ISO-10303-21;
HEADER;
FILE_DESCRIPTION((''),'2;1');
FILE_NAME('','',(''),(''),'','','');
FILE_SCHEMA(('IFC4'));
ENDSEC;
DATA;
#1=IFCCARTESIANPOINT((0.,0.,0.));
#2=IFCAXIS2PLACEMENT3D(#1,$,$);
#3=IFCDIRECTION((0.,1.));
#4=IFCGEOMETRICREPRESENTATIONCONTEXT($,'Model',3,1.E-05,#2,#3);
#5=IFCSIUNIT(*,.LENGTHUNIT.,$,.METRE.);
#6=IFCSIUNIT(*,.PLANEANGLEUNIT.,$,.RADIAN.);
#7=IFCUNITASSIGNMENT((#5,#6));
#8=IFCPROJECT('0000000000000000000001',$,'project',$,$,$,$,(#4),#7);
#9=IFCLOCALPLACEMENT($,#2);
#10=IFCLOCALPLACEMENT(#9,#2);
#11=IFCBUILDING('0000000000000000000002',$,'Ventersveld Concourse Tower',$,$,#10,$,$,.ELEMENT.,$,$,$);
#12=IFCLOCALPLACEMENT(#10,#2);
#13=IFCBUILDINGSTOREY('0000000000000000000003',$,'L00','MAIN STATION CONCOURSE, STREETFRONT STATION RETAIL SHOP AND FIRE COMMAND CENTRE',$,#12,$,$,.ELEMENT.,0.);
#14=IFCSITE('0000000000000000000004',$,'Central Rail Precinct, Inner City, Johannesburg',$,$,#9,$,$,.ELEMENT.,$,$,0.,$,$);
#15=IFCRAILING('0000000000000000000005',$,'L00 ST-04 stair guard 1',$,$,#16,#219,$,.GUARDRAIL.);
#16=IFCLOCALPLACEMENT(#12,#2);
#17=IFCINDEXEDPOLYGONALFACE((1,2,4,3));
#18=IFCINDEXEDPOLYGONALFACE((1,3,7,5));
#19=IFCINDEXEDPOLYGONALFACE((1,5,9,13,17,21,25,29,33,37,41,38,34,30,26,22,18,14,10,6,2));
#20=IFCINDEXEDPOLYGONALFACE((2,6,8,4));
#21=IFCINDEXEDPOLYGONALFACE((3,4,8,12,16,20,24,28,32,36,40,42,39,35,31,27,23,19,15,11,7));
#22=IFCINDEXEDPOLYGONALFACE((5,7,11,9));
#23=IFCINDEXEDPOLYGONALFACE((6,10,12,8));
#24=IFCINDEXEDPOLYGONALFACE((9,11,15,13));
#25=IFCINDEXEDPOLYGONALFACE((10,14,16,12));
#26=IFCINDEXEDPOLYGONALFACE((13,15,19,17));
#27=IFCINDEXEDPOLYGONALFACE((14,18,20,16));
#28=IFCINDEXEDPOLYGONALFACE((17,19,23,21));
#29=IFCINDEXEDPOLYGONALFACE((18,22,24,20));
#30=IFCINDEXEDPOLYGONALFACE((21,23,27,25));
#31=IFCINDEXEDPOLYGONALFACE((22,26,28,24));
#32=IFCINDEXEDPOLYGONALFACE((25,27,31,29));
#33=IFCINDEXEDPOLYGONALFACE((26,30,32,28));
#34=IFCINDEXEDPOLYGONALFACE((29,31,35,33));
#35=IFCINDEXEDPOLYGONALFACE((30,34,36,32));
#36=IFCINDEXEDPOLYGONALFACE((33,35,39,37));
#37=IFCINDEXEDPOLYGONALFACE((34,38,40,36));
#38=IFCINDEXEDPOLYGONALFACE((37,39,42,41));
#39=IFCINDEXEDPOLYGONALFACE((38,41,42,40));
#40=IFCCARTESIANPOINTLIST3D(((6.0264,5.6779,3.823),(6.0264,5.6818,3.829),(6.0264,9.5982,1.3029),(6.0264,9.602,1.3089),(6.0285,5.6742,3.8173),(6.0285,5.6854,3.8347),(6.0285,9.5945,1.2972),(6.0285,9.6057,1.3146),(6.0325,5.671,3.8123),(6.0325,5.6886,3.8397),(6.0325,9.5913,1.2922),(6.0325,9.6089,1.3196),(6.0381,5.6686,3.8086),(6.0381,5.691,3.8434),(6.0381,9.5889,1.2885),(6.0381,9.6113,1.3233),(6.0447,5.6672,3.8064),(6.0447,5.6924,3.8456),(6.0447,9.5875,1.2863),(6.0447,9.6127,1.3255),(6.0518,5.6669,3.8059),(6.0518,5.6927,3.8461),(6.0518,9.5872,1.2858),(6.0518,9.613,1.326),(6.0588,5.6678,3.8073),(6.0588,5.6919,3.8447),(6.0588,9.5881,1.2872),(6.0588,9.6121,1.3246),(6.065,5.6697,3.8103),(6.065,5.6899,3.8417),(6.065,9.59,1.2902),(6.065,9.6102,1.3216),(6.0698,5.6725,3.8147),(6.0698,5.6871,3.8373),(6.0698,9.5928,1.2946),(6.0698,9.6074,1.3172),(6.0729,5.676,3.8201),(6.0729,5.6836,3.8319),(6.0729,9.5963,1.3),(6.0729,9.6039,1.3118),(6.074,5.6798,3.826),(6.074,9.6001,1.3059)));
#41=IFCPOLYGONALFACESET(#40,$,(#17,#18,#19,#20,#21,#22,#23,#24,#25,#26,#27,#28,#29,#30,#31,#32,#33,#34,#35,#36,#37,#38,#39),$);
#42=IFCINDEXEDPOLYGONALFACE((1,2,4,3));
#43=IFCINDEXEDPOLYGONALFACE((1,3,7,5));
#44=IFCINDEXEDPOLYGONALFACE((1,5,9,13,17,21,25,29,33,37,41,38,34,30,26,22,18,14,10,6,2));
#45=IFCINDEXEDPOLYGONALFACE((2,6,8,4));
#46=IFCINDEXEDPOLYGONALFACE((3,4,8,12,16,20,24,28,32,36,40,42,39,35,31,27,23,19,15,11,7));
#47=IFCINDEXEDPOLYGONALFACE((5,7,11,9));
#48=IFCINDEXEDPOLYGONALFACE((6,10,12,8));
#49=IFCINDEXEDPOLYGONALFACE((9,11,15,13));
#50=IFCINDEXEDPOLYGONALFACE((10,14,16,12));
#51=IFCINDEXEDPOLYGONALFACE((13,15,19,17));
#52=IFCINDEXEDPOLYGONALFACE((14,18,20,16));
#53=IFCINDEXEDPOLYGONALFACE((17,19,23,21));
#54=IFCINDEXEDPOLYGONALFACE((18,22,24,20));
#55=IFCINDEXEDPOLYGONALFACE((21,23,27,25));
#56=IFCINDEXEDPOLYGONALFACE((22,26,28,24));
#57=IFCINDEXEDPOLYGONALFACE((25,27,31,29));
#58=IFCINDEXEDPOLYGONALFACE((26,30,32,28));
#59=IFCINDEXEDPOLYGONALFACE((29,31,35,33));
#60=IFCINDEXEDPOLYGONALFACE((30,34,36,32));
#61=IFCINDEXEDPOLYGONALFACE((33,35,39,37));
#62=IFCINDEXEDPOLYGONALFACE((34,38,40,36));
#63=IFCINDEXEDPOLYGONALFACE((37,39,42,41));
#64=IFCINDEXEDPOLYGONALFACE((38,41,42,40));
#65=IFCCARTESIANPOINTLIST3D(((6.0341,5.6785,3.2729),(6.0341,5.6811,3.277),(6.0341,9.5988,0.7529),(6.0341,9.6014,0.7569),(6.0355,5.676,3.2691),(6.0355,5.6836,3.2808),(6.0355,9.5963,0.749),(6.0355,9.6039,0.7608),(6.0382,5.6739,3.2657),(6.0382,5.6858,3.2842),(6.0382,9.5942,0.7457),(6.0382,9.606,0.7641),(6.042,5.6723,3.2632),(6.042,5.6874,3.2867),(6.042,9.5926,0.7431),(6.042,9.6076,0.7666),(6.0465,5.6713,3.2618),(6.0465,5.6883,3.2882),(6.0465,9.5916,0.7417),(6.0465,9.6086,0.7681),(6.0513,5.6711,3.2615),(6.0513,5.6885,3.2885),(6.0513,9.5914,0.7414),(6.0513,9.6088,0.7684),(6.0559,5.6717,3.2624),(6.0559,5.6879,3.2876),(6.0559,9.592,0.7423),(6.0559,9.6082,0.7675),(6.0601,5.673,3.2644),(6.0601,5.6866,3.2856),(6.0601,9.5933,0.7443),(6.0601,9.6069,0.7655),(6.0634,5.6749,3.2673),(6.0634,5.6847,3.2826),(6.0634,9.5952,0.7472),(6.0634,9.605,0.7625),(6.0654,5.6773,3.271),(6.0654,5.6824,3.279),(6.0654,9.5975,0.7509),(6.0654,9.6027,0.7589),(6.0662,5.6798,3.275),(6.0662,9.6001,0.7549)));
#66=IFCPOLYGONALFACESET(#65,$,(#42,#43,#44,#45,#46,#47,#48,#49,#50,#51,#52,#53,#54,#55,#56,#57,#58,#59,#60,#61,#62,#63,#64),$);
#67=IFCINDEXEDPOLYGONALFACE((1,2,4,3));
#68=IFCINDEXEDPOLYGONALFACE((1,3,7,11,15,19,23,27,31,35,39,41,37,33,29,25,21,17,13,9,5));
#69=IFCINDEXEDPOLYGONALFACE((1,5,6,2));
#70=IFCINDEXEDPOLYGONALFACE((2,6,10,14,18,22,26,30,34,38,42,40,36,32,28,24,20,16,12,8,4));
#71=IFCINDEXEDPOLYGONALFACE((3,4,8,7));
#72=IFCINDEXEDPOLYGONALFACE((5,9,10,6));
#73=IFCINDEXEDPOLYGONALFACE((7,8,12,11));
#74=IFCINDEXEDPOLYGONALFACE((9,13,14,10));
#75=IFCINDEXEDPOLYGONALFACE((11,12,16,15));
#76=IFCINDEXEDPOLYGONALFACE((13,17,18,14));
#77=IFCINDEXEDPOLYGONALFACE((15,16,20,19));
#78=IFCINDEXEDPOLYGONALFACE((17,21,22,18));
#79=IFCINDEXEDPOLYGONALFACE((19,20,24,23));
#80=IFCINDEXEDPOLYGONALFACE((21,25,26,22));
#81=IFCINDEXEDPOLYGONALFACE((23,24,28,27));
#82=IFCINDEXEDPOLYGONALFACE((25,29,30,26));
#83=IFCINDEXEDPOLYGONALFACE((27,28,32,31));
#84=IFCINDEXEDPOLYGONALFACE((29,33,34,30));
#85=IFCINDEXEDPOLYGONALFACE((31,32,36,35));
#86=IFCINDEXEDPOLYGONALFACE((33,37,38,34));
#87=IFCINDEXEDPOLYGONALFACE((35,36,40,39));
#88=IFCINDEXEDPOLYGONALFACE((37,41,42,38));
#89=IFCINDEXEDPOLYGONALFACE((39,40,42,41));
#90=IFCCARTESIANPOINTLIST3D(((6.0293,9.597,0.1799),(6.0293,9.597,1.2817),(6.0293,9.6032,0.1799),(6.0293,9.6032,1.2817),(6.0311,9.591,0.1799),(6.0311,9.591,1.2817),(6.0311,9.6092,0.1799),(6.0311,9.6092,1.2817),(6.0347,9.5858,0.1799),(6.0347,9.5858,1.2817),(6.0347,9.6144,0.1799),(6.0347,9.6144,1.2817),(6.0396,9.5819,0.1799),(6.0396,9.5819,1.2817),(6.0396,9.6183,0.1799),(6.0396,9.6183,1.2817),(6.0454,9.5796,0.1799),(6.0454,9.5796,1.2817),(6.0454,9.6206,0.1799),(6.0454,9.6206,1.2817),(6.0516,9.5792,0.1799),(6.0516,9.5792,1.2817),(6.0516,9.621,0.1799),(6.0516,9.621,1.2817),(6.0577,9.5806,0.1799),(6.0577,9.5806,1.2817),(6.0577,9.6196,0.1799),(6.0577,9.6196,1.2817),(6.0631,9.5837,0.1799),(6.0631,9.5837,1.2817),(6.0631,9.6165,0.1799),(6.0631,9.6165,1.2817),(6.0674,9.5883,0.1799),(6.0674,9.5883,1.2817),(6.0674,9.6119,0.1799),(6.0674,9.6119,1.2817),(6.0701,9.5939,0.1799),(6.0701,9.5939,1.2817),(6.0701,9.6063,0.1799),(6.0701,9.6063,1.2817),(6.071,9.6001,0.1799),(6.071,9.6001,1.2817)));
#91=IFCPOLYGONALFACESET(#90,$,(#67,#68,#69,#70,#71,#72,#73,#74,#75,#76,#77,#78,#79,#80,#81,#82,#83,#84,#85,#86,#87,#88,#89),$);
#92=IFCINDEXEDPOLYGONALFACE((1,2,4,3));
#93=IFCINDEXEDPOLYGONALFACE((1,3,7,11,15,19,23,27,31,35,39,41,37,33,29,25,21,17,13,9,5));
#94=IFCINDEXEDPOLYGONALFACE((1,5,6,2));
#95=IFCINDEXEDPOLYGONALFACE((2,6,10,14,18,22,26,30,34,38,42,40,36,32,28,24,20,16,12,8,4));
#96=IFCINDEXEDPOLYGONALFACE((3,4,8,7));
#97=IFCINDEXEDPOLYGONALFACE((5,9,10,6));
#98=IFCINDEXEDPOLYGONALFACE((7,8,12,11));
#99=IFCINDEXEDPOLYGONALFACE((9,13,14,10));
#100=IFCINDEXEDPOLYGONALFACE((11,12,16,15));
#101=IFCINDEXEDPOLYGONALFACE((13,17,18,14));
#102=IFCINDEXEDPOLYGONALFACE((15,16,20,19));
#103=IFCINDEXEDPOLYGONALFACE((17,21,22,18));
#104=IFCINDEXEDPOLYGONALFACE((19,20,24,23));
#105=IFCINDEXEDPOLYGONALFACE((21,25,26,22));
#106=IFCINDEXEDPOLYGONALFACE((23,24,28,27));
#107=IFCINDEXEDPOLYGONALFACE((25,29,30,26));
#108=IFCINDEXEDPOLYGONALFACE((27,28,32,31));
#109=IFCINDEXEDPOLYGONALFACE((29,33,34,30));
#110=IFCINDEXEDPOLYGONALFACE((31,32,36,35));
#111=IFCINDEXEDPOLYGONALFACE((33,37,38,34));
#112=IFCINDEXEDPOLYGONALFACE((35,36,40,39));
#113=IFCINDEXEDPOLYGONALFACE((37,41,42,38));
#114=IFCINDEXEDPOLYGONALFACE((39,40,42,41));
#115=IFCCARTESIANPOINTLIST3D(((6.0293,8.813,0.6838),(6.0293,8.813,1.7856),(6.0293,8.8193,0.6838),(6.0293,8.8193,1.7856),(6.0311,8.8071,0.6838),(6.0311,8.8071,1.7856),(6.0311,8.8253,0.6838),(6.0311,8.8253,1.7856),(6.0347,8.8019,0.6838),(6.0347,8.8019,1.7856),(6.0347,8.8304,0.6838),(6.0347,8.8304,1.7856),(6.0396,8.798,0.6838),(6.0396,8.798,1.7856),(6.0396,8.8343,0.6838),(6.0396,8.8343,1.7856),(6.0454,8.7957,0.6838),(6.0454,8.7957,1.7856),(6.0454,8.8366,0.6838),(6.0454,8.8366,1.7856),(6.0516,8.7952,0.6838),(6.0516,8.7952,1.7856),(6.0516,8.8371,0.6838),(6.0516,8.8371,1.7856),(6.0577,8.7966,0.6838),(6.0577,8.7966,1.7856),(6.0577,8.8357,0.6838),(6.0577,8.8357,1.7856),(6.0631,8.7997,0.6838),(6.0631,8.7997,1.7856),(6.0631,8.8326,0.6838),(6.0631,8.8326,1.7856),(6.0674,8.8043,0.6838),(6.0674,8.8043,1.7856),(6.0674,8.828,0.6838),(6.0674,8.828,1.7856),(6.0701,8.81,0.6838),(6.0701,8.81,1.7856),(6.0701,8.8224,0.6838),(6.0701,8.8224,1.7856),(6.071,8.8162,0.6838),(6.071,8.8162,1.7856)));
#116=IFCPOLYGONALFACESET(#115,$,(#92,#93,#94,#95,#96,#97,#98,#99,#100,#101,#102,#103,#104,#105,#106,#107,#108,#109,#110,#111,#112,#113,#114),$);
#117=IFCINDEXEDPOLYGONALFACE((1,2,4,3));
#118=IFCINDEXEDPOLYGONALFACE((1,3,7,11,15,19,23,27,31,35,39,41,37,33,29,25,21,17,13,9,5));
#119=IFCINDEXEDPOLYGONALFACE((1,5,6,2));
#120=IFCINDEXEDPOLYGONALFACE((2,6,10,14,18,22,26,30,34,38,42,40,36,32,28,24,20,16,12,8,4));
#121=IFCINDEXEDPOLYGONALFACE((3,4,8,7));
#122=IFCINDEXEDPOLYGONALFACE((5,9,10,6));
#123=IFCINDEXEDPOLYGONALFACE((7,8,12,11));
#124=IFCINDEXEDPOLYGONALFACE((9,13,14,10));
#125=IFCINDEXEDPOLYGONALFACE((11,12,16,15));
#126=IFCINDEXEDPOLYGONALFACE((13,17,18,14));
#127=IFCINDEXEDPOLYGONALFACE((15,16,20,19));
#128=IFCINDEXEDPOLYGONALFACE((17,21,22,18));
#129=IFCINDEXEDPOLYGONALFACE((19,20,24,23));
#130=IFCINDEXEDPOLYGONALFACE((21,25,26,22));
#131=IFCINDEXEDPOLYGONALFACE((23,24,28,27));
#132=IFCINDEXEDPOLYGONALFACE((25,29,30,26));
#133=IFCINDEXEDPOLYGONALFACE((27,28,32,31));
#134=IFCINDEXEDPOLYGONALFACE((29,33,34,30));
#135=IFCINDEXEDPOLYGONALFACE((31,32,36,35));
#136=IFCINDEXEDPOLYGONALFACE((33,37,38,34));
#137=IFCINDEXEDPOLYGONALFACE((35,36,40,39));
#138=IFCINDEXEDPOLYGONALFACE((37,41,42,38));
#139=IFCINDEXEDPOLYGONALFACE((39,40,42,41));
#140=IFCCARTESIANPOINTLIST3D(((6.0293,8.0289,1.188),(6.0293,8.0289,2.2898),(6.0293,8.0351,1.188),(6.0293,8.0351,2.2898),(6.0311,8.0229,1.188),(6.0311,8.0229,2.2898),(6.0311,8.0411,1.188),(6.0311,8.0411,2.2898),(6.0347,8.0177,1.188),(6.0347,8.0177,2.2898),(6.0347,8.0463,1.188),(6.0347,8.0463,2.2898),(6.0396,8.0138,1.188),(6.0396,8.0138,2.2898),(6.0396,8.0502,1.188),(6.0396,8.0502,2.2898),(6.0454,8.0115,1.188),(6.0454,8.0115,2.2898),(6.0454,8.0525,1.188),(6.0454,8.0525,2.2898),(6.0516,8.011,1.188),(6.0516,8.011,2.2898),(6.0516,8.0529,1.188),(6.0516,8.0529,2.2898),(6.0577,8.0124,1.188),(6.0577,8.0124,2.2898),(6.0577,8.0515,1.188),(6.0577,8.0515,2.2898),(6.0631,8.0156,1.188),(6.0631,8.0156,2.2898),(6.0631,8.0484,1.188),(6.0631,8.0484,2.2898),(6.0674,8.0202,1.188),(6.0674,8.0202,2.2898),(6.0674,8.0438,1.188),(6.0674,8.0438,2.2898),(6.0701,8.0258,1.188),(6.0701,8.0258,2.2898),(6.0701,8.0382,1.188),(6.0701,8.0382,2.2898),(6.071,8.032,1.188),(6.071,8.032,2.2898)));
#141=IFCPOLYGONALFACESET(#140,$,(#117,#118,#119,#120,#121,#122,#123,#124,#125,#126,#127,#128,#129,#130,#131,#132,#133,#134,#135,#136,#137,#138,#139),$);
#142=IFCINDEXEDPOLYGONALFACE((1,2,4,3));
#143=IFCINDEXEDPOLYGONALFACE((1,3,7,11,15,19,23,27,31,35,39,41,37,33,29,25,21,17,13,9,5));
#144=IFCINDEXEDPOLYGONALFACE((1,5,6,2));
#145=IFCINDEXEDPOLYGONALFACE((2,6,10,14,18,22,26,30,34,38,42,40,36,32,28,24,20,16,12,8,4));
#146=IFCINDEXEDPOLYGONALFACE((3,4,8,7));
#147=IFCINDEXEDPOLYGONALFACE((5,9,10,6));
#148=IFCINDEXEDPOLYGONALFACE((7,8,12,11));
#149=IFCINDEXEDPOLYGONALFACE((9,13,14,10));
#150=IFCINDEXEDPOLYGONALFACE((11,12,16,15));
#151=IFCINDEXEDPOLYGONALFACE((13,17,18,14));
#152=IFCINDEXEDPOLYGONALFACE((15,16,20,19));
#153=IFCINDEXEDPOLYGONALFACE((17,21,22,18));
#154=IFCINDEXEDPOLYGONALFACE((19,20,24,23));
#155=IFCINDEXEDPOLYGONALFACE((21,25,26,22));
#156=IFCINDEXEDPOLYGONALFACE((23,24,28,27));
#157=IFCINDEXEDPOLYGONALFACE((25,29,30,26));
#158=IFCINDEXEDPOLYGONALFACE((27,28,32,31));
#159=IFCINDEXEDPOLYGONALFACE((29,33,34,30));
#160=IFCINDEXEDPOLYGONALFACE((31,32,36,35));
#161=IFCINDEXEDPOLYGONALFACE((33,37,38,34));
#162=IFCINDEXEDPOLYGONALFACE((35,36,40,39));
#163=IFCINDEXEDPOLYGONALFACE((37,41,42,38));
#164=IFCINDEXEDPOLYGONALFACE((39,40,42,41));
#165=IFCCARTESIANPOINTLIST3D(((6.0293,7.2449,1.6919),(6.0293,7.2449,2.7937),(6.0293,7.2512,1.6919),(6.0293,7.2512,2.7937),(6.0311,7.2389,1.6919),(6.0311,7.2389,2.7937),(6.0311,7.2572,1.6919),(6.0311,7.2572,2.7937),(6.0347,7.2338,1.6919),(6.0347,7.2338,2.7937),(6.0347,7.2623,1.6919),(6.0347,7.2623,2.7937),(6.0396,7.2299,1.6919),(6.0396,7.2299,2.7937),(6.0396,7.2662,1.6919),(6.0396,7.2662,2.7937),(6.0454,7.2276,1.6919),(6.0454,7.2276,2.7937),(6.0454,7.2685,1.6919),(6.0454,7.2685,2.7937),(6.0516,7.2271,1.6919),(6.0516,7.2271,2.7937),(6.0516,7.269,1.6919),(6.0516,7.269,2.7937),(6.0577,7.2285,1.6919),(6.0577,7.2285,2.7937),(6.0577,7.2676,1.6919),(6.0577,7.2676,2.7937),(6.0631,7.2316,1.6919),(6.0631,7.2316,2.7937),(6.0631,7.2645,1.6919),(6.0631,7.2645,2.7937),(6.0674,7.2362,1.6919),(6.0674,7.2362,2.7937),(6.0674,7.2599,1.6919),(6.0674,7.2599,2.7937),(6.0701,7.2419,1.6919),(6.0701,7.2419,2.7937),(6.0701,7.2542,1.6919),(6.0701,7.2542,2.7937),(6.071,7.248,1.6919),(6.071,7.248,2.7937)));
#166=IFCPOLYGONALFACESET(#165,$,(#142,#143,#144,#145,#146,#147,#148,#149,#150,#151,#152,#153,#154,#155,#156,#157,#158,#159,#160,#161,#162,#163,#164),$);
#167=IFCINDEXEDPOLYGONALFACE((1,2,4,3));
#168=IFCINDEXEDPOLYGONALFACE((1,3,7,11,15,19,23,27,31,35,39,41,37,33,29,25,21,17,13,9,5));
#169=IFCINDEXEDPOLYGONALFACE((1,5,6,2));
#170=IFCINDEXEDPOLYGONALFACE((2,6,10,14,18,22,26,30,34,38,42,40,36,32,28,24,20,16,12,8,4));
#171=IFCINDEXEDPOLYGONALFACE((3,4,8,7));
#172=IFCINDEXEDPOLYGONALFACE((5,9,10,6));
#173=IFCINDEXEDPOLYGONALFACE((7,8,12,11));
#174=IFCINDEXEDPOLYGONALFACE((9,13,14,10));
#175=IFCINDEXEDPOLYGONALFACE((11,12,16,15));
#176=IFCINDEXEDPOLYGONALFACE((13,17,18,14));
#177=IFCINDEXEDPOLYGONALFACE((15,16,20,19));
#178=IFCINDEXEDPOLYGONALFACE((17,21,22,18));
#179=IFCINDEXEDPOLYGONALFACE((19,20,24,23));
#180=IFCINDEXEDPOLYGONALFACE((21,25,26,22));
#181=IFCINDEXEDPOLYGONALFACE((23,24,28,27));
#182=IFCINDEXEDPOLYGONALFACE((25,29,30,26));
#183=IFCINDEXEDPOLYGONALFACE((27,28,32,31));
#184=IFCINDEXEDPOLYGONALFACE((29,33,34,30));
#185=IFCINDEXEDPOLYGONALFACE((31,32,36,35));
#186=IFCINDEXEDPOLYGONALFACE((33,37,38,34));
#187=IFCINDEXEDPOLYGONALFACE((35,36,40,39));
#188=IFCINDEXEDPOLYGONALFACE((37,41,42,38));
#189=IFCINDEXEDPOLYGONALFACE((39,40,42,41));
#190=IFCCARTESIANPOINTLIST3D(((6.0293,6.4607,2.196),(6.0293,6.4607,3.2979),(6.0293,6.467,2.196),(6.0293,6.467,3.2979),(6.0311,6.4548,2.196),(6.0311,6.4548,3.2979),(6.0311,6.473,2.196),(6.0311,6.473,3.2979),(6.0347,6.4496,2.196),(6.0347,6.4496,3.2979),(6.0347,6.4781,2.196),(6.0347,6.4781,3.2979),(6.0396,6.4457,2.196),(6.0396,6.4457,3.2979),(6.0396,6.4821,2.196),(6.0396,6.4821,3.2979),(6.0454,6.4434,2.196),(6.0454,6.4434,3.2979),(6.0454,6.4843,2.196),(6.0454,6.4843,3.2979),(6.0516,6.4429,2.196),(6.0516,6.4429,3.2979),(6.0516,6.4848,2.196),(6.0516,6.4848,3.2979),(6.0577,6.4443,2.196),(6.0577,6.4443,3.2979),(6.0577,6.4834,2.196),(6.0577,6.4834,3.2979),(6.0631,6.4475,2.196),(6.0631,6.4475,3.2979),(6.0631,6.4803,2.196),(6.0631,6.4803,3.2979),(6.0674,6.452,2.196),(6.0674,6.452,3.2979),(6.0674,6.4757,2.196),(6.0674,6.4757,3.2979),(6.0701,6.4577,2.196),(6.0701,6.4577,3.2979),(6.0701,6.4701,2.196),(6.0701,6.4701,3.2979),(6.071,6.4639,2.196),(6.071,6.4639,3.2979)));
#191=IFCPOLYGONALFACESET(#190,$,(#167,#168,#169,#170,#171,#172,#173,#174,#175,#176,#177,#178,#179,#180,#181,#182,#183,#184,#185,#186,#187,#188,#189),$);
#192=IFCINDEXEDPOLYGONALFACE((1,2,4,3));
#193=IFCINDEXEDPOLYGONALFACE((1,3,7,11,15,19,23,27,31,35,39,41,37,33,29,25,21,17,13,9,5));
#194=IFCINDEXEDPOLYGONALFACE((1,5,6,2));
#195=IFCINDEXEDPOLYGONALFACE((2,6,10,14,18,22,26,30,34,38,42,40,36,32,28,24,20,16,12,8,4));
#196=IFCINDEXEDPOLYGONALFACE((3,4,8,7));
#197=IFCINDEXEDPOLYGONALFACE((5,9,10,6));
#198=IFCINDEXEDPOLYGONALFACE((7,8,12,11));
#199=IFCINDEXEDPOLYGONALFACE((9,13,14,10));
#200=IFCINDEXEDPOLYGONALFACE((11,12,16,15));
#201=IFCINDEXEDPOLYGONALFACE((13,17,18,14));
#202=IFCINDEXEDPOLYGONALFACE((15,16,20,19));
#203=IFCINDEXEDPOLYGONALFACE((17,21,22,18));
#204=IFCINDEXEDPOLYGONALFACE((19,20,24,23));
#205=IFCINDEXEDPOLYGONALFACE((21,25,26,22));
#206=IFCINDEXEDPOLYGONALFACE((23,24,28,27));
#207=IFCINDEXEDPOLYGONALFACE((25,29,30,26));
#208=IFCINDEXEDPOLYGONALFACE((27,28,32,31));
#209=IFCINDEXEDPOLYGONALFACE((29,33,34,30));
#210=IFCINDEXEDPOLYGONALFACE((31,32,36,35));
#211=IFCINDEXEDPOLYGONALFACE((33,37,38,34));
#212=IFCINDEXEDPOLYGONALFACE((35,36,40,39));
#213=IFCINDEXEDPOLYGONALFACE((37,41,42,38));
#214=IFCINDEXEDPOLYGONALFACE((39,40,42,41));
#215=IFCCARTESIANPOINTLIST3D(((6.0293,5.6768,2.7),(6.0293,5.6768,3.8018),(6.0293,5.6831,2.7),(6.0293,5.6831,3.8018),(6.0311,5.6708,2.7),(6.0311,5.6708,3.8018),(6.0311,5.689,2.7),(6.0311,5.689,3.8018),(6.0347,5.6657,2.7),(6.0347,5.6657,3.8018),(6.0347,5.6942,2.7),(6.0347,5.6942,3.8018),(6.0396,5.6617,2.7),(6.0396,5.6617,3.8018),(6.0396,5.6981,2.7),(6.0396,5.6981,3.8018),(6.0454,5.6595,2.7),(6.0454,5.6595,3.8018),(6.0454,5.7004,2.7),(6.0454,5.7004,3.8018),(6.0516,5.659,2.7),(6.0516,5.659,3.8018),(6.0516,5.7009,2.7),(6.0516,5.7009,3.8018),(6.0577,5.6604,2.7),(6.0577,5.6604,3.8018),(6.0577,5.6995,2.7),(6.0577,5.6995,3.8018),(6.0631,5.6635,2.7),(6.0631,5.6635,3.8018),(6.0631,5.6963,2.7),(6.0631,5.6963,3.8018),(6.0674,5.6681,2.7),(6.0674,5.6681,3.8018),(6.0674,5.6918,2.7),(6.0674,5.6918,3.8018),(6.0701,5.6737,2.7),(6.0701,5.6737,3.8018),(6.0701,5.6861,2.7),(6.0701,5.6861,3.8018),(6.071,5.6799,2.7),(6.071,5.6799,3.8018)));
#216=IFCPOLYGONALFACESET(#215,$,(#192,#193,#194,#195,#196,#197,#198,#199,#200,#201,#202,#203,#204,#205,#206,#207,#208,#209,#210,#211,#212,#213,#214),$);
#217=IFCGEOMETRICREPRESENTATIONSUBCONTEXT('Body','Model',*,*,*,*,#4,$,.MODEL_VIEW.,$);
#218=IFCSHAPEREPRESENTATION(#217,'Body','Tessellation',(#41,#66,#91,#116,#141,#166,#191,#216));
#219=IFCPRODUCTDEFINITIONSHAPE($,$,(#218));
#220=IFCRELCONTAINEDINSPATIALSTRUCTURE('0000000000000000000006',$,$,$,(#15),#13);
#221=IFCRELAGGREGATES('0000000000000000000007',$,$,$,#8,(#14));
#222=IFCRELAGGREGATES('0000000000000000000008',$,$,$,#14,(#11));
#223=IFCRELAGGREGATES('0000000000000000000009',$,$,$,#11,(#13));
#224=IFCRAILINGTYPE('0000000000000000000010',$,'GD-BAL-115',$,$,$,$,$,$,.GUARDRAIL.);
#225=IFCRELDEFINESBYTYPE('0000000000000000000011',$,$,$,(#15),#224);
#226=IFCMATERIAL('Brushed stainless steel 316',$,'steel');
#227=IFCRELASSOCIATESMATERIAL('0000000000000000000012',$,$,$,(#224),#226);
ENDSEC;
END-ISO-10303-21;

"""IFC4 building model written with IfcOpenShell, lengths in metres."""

from ifc_helpers import new_model, si_unit, direction, frame, origin, origin_2d, place, context, subcontext, project, spatial, circle, extrude, material, type_object, element, save


model = new_model("IFC4")

# Units and contexts
model_context = context("Model", 3, precision=1e-05, world=origin(), true_north=direction((0.0, 1.0)))
body_context = subcontext(model_context, "Body", "Model", "MODEL_VIEW")
ifc_project = project(units=[si_unit("LENGTHUNIT", "METRE"), si_unit("PLANEANGLEUNIT", "RADIAN")], contexts=[model_context])

# Site, building, storey
site_placement = place(None, origin())
site = spatial("IfcSite", under=ifc_project, at=site_placement, Name="Central Rail Precinct, Inner City, Johannesburg", CompositionType="ELEMENT", RefElevation=0.0)
building_placement = place(site_placement, origin())
building = spatial("IfcBuilding", under=site, at=building_placement, Name="Ventersveld Concourse Tower", CompositionType="ELEMENT")
storey_placement = place(building_placement, origin())
storey = spatial("IfcBuildingStorey", under=building, at=storey_placement, Name="L00", Description="MAIN STATION CONCOURSE, STREETFRONT STATION RETAIL SHOP AND FIRE COMMAND CENTRE", CompositionType="ELEMENT", Elevation=0.0)

# Shared definitions
ifc_material_1 = material(Name="Brushed stainless steel 316", Category="steel")

# Railing
railing_type_1 = type_object("IfcRailingType", Name="GD-BAL-115", PredefinedType="GUARDRAIL", material=ifc_material_1)
railing_1_placement = place(storey_placement, frame((6.05, 9.6001, 0.1799)))
element("IfcRailing", 1, at=railing_1_placement, inside=storey, type_object=railing_type_1, Name="L00 ST-04 stair guard 1", PredefinedType="GUARDRAIL", context=body_context, shape_type="SweptSolid", body=[
    extrude(circle(Radius=0.0239, at=origin_2d()), frame((0.0, 0.0, 1.126), z_axis=(0.0, -0.841187, 0.540744), x_axis=(1.0, 0.0, 0.0)), (0.0, 0.0, 1.0), 4.6604),
    extrude(circle(Radius=0.0161, at=origin_2d()), frame((0.0, 0.0, 0.575), z_axis=(0.0, -0.841187, 0.540744), x_axis=(1.0, 0.0, 0.0)), (0.0, 0.0, 1.0), 4.6604),
    extrude(circle(Radius=0.021, at=origin_2d()), origin(), (0.0, 0.0, 1.0), 1.1018),
    extrude(circle(Radius=0.021, at=origin_2d()), frame((0.0, -0.7839, 0.5039)), (0.0, 0.0, 1.0), 1.1018),
    extrude(circle(Radius=0.021, at=origin_2d()), frame((0.0, -1.5681, 1.0081)), (0.0, 0.0, 1.0), 1.1018),
    extrude(circle(Radius=0.021, at=origin_2d()), frame((0.0, -2.3521, 1.512)), (0.0, 0.0, 1.0), 1.1018),
    extrude(circle(Radius=0.021, at=origin_2d()), frame((0.0, -3.1362, 2.0161)), (0.0, 0.0, 1.0), 1.1018),
    extrude(circle(Radius=0.021, at=origin_2d()), frame((0.0, -3.9202, 2.52)), (0.0, 0.0, 1.0), 1.1018),
])

save(model, "model.ifc")
